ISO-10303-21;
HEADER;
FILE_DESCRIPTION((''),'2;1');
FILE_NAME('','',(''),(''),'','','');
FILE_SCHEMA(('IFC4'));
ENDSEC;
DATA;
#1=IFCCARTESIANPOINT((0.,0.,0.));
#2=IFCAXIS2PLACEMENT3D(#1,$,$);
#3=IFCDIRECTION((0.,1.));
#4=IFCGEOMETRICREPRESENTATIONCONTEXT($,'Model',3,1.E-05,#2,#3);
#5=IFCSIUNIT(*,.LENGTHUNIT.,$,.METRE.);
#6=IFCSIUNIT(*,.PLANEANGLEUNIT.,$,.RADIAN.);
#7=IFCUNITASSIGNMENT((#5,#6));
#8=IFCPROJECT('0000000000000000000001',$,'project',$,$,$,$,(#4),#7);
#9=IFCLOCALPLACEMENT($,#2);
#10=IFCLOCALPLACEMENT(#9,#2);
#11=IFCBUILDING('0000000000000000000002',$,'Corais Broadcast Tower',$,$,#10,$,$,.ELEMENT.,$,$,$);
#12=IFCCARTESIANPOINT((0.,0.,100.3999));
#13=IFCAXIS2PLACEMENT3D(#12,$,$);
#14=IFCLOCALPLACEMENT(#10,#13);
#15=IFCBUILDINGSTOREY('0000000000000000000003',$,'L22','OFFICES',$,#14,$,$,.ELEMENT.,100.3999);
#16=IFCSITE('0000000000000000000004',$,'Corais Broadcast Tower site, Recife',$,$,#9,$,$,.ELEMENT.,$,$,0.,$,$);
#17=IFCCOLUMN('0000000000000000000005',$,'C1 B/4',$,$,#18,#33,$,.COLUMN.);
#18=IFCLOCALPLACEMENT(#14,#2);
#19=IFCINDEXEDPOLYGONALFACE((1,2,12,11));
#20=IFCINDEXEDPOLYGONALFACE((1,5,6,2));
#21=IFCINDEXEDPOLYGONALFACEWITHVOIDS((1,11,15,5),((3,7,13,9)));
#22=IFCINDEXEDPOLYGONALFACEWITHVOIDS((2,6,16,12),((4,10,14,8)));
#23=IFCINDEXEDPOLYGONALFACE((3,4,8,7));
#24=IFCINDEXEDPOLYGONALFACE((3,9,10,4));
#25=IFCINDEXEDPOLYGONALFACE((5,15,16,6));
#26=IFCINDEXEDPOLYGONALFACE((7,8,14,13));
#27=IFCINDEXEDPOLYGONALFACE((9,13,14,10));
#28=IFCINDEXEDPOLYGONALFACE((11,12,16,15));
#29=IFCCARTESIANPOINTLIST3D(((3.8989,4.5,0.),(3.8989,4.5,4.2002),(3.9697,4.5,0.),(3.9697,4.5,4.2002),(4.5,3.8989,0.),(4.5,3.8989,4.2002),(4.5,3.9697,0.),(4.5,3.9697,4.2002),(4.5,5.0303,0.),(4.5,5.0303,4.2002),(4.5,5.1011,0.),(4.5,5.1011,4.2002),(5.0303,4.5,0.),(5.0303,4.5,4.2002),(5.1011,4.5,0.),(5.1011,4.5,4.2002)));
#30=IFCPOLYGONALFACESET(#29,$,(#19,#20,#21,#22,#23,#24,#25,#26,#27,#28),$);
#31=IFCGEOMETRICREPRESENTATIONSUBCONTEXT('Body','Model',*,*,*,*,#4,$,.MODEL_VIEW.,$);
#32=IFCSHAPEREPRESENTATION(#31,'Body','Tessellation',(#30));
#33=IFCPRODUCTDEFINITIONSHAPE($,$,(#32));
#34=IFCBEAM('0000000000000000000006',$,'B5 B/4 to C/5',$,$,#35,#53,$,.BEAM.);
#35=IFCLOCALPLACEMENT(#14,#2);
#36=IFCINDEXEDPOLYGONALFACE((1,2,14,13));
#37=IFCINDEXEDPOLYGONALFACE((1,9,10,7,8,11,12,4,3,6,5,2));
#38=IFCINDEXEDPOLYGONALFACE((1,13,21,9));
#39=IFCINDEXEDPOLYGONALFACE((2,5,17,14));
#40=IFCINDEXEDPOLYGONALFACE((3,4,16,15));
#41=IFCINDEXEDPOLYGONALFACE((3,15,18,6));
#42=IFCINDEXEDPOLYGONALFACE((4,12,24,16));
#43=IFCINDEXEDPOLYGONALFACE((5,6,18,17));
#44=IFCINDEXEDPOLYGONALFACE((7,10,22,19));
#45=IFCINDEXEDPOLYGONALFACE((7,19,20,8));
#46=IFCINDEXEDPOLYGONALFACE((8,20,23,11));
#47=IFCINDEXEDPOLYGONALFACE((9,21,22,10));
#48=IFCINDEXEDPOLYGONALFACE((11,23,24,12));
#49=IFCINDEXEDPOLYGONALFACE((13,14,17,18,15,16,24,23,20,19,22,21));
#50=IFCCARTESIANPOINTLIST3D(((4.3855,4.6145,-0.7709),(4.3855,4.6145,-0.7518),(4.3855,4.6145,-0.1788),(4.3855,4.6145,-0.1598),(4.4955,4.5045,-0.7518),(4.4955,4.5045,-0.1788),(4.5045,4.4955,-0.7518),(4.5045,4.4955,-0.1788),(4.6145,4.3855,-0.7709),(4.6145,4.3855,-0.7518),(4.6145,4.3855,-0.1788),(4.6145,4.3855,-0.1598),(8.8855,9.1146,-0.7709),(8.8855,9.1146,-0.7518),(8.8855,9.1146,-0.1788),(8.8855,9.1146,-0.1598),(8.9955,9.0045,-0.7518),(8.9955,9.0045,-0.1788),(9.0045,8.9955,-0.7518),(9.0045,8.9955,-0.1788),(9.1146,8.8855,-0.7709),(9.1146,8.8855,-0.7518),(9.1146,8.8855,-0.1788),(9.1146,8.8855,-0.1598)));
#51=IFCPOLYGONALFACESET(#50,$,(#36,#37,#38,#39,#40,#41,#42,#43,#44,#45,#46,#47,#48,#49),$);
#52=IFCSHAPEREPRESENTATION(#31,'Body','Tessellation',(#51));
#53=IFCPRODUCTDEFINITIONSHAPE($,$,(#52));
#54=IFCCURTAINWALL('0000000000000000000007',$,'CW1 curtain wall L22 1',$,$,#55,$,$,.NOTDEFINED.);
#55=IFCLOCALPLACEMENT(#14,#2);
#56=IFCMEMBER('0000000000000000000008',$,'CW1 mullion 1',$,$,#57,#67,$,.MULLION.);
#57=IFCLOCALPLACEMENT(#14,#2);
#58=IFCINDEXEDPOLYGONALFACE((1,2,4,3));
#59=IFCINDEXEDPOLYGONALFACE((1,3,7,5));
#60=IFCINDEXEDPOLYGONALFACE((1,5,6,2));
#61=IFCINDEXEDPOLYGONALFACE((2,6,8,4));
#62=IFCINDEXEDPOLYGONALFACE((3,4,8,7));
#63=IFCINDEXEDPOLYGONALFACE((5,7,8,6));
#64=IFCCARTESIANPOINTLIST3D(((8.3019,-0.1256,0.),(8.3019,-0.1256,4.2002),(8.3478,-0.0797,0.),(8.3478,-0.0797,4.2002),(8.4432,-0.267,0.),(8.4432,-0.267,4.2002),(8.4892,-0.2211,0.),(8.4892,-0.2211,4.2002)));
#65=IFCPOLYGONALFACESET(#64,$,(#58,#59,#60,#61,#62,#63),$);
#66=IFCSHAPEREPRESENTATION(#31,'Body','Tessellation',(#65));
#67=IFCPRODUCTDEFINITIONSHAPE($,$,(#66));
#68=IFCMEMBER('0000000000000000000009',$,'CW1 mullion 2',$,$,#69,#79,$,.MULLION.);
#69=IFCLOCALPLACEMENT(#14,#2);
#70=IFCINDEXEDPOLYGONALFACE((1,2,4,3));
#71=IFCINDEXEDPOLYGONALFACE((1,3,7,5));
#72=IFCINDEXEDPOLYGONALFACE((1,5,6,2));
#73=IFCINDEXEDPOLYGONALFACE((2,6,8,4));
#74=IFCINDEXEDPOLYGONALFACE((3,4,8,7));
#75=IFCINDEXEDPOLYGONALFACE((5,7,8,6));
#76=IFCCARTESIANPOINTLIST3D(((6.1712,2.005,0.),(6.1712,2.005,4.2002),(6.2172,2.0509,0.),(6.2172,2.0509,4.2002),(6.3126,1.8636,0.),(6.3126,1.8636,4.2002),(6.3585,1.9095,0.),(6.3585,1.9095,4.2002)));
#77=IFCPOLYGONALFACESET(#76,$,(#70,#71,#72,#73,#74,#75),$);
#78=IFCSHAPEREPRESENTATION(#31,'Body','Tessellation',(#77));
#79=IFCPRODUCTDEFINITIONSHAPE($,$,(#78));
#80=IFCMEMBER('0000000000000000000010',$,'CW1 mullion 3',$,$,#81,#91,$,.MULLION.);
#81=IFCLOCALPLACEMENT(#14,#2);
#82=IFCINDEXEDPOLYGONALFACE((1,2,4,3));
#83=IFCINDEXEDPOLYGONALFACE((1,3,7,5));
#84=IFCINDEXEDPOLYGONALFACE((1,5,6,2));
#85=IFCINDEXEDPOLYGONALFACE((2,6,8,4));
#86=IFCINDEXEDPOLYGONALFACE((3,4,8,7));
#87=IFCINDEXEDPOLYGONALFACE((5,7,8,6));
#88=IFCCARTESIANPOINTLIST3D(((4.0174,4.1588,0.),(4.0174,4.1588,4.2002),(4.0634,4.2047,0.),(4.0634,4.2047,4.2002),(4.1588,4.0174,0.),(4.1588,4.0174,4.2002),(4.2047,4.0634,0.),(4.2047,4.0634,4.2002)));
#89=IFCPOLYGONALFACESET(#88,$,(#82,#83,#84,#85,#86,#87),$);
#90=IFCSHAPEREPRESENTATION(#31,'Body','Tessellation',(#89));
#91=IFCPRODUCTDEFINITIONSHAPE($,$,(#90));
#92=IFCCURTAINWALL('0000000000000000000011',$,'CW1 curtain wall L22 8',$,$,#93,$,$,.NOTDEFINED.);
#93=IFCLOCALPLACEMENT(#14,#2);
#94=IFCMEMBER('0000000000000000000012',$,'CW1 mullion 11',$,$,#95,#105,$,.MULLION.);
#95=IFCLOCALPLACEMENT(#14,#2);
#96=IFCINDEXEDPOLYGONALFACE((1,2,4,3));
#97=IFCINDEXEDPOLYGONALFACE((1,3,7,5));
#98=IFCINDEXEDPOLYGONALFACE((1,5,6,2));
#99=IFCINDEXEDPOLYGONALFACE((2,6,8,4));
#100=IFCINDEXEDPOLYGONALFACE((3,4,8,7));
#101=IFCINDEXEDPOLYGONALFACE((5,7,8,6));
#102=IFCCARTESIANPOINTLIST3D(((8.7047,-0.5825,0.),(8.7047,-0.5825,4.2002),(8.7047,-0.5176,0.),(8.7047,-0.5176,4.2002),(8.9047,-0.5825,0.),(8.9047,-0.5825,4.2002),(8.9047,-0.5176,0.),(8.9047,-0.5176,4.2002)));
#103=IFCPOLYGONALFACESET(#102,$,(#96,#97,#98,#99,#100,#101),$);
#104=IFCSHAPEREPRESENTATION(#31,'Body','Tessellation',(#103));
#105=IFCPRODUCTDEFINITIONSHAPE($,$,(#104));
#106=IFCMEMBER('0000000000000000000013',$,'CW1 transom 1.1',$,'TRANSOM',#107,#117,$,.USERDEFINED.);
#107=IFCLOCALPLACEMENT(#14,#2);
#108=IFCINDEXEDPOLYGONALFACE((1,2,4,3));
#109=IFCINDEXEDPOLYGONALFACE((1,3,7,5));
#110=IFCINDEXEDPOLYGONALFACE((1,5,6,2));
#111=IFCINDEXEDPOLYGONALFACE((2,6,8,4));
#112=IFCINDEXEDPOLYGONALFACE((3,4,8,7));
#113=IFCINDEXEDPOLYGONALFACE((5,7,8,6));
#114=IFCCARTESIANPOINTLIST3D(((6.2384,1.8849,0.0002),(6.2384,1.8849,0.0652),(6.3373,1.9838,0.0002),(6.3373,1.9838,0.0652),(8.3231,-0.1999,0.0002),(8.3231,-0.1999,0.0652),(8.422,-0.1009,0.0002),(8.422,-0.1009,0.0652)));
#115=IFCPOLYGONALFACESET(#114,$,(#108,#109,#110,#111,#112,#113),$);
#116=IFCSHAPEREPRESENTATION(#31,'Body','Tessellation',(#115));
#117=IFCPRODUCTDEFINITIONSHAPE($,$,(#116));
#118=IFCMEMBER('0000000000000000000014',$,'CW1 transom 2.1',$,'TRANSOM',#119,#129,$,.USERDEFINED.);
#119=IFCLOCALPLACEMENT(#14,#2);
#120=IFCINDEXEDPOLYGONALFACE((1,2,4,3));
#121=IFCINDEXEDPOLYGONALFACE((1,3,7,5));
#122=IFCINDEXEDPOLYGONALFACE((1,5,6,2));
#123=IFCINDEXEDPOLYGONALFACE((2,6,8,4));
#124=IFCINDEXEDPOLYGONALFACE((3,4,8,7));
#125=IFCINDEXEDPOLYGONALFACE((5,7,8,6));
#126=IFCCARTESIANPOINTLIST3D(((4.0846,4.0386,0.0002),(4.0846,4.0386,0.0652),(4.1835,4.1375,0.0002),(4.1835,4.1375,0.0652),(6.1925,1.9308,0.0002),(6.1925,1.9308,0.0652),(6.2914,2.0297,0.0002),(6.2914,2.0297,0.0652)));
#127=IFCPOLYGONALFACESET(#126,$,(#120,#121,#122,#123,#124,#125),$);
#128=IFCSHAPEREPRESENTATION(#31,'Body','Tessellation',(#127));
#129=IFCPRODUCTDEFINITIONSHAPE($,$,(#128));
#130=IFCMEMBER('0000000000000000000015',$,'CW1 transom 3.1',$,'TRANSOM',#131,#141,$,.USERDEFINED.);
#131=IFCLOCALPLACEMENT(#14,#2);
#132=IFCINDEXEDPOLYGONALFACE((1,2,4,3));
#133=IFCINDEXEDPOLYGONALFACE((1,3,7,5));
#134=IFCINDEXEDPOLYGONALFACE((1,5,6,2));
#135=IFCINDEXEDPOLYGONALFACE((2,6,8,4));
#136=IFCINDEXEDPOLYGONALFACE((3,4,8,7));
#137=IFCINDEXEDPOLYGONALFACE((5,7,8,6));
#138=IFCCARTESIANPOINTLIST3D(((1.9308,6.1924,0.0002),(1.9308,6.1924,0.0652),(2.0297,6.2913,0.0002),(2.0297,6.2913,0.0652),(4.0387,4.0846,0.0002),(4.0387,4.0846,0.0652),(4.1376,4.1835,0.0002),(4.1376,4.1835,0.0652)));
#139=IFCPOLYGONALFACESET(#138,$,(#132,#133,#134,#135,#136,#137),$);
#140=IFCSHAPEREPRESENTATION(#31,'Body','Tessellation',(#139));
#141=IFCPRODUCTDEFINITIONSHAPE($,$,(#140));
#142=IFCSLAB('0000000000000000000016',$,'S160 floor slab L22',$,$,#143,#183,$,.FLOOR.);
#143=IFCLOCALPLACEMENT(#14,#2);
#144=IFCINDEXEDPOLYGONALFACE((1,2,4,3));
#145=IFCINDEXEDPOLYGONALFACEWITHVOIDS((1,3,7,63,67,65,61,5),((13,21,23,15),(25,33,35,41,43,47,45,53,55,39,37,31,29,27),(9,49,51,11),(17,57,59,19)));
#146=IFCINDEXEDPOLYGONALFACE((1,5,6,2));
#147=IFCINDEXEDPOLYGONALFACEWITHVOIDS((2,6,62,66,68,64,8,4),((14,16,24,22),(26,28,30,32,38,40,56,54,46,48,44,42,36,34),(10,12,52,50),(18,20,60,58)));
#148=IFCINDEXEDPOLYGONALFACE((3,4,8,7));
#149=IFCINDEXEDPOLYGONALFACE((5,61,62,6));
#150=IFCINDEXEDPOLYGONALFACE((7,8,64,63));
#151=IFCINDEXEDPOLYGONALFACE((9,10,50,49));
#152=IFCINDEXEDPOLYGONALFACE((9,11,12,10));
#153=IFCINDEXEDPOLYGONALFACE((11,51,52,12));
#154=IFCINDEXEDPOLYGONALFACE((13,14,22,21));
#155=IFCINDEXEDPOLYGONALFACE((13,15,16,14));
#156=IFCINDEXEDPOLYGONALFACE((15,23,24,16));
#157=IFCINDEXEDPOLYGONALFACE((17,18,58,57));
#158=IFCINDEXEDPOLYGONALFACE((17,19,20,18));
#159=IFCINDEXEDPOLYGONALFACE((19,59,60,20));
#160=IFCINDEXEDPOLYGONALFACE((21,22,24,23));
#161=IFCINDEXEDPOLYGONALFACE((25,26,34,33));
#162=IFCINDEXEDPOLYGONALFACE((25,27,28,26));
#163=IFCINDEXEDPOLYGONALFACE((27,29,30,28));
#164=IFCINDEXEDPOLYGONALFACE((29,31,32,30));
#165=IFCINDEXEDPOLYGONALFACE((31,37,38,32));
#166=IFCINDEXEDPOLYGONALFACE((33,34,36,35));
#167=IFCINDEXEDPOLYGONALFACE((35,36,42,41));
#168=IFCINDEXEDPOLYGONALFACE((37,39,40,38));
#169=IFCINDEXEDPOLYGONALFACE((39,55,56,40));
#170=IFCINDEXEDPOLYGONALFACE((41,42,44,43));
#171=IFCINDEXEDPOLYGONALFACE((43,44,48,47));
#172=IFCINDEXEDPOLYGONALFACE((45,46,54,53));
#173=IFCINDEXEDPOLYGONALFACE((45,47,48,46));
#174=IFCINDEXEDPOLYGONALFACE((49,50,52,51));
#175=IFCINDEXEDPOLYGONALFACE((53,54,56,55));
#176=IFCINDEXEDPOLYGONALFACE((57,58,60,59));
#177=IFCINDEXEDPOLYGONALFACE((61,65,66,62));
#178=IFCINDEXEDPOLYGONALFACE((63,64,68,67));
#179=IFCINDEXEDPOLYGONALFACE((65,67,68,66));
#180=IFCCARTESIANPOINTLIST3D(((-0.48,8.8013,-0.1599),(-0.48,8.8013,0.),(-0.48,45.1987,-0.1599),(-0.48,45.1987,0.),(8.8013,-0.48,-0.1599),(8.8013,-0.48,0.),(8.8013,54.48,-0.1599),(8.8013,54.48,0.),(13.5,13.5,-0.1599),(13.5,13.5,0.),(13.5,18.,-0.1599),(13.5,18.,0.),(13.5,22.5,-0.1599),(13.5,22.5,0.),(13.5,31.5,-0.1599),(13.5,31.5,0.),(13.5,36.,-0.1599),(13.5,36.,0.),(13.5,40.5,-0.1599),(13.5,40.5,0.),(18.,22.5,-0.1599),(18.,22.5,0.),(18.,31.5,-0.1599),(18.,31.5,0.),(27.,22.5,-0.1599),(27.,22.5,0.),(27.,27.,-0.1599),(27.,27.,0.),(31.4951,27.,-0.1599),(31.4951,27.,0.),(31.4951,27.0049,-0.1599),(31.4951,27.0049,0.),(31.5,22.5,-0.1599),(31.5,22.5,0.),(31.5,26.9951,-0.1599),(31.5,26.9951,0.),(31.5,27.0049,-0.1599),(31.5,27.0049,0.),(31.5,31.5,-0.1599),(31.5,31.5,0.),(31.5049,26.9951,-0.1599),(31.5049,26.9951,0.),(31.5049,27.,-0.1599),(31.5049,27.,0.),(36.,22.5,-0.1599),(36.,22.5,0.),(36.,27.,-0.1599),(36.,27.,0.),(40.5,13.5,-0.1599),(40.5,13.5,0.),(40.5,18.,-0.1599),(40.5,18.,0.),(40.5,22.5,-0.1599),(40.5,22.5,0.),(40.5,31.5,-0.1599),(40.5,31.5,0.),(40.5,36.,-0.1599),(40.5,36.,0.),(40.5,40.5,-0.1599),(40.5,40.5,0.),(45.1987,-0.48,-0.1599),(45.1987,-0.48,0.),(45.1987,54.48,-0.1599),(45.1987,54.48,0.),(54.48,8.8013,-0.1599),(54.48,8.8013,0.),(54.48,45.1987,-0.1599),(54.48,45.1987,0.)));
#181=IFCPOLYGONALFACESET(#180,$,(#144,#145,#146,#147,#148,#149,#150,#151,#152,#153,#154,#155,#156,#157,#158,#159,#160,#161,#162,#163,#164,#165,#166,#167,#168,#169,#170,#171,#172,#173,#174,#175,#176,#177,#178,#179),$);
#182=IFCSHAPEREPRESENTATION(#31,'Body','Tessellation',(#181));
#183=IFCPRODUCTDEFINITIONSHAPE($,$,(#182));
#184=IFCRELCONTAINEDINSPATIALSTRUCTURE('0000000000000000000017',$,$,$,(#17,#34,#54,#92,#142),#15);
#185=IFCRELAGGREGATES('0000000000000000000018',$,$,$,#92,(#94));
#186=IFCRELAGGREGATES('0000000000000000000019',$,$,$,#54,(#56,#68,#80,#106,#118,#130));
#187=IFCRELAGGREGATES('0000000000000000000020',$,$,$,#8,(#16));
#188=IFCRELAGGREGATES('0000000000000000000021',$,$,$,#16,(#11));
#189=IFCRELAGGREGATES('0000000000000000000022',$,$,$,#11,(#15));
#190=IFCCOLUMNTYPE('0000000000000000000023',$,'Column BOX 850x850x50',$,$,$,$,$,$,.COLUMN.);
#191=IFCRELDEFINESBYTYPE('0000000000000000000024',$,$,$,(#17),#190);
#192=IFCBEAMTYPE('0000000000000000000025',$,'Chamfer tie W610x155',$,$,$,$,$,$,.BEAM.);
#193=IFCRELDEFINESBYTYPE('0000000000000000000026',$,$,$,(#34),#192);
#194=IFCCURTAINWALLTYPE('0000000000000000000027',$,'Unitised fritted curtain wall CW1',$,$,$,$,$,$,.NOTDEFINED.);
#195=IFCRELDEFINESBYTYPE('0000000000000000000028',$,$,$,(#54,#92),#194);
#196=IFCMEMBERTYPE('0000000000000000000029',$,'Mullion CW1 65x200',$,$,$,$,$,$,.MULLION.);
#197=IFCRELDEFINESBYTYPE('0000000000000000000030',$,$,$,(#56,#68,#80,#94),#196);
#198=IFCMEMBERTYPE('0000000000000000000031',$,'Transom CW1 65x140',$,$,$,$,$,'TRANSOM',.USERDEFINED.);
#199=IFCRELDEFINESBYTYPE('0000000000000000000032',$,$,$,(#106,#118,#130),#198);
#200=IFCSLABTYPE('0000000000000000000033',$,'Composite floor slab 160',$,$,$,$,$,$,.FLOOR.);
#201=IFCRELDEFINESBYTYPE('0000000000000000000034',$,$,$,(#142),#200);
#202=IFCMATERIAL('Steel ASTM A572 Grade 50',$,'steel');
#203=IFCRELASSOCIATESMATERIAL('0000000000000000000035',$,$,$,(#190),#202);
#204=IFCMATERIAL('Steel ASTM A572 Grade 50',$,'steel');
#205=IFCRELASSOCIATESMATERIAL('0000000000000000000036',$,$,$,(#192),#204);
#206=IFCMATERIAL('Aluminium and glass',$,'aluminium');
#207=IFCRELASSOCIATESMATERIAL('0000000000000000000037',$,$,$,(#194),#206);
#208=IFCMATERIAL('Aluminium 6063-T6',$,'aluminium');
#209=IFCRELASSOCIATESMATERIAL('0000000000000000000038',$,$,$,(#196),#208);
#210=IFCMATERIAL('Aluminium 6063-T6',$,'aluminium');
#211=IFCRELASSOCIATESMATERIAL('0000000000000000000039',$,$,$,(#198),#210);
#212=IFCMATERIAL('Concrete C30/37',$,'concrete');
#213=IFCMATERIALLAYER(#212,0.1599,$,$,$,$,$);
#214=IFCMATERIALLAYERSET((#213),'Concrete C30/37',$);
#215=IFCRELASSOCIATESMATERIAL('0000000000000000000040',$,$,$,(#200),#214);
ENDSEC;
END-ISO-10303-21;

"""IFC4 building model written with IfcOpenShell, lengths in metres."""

from ifc_helpers import new_model, si_unit, direction, frame, origin, origin_2d, place, context, subcontext, project, spatial, polyline, rectangle, hollow_rectangle, i_section, outline, extrude, material, layer, layer_set, material_profile, profile_set, type_object, element, aggregate, save


model = new_model("IFC4")

# Units and contexts
model_context = context("Model", 3, precision=1e-05, world=origin(), true_north=direction((0.0, 1.0)))
body_context = subcontext(model_context, "Body", "Model", "MODEL_VIEW")
ifc_project = project(units=[si_unit("LENGTHUNIT", "METRE"), si_unit("PLANEANGLEUNIT", "RADIAN")], contexts=[model_context])

# Site, building, storey
site_placement = place(None, origin())
site = spatial("IfcSite", under=ifc_project, at=site_placement, Name="Corais Broadcast Tower site, Recife", CompositionType="ELEMENT", RefElevation=0.0)
building_placement = place(site_placement, origin())
building = spatial("IfcBuilding", under=site, at=building_placement, Name="Corais Broadcast Tower", CompositionType="ELEMENT")
storey_placement = place(building_placement, frame((0.0, 0.0, 100.3999)))
storey = spatial("IfcBuildingStorey", under=building, at=storey_placement, Name="L22", Description="OFFICES", CompositionType="ELEMENT", Elevation=100.3999)

# Column
ifc_material_1 = material(Name="Steel ASTM A572 Grade 50", Category="steel")
ifc_material_profile_1 = material_profile(ifc_material_1, hollow_rectangle(XDim=0.8501, YDim=0.8501, WallThickness=0.05, at=origin_2d()), Name="BOX 850x850x50")
ifc_profile_set_1 = profile_set([ifc_material_profile_1], Name="Steel ASTM A572 Grade 50")
column_type = type_object("IfcColumnType", Name="Column BOX 850x850x50", PredefinedType="COLUMN", material=ifc_profile_set_1)
column_placement = place(storey_placement, frame((4.5, 4.5, 0.0), z_axis=(0.0, 0.0, 1.0), x_axis=(0.707107, 0.707107, 0.0)))
element("IfcColumn", 1, at=column_placement, inside=storey, type_object=column_type, Name="C1 B/4", PredefinedType="COLUMN", context=body_context, shape_type="SweptSolid", body=[
    extrude(hollow_rectangle(XDim=0.8501, YDim=0.8501, WallThickness=0.05, at=origin_2d()), origin(), (0.0, 0.0, 1.0), 4.2002),
])

# Beam
ifc_material_2 = material(Name="Steel ASTM A572 Grade 50", Category="steel")
ifc_material_profile_2 = material_profile(ifc_material_2, i_section(OverallWidth=0.324, OverallDepth=0.6111, WebThickness=0.0127, FlangeThickness=0.019, at=origin_2d()), Name="W610x155")
ifc_profile_set_2 = profile_set([ifc_material_profile_2], Name="Steel ASTM A572 Grade 50")
beam_type = type_object("IfcBeamType", Name="Chamfer tie W610x155", PredefinedType="BEAM", material=ifc_profile_set_2)
beam_placement = place(storey_placement, frame((4.5, 4.5, -0.4653), z_axis=(0.707107, 0.707107, 0.0), x_axis=(-0.707107, 0.707107, 0.0)))
element("IfcBeam", 2, at=beam_placement, inside=storey, type_object=beam_type, Name="B5 B/4 to C/5", PredefinedType="BEAM", context=body_context, shape_type="SweptSolid", body=[
    extrude(i_section(OverallWidth=0.324, OverallDepth=0.6111, WebThickness=0.0127, FlangeThickness=0.019, at=origin_2d()), origin(), (0.0, 0.0, 1.0), 6.364),
])

# Curtain wall, members
ifc_material_3 = material(Name="Aluminium and glass", Category="aluminium")
curtain_wall_type = type_object("IfcCurtainWallType", Name="Unitised fritted curtain wall CW1", PredefinedType="NOTDEFINED", material=ifc_material_3)
curtain_wall_1_placement = place(storey_placement, origin())
curtain_wall_1 = element("IfcCurtainWall", 3, at=curtain_wall_1_placement, inside=storey, type_object=curtain_wall_type, Name="CW1 curtain wall L22 1", PredefinedType="NOTDEFINED")
ifc_material_4 = material(Name="Aluminium 6063-T6", Category="aluminium")
ifc_material_profile_3 = material_profile(ifc_material_4, rectangle(XDim=0.0649, YDim=0.2, at=origin_2d()), Name="Mullion CW1 65x200")
ifc_profile_set_3 = profile_set([ifc_material_profile_3], Name="Aluminium 6063-T6")
member_type_1 = type_object("IfcMemberType", Name="Mullion CW1 65x200", PredefinedType="MULLION", material=ifc_profile_set_3)
member_1_placement = place(storey_placement, frame((8.3955, -0.1733, 0.0), z_axis=(0.0, 0.0, 1.0), x_axis=(-0.707107, -0.707107, 0.0)))
member_1 = element("IfcMember", 4, at=member_1_placement, type_object=member_type_1, Name="CW1 mullion 1", PredefinedType="MULLION", context=body_context, shape_type="SweptSolid", body=[
    extrude(rectangle(XDim=0.0649, YDim=0.2, at=origin_2d()), origin(), (0.0, 0.0, 1.0), 4.2002),
])
member_2_placement = place(storey_placement, frame((6.2649, 1.9573, 0.0), z_axis=(0.0, 0.0, 1.0), x_axis=(-0.707107, -0.707107, 0.0)))
member_2 = element("IfcMember", 5, at=member_2_placement, type_object=member_type_1, Name="CW1 mullion 2", PredefinedType="MULLION", context=body_context, shape_type="SweptSolid", body=[
    extrude(rectangle(XDim=0.0649, YDim=0.2, at=origin_2d()), origin(), (0.0, 0.0, 1.0), 4.2002),
])
member_3_placement = place(storey_placement, frame((4.1111, 4.1111, 0.0), z_axis=(0.0, 0.0, 1.0), x_axis=(-0.707107, -0.707107, 0.0)))
member_3 = element("IfcMember", 6, at=member_3_placement, type_object=member_type_1, Name="CW1 mullion 3", PredefinedType="MULLION", context=body_context, shape_type="SweptSolid", body=[
    extrude(rectangle(XDim=0.0649, YDim=0.2, at=origin_2d()), origin(), (0.0, 0.0, 1.0), 4.2002),
])

# Curtain wall, member
curtain_wall_2_placement = place(storey_placement, origin())
curtain_wall_2 = element("IfcCurtainWall", 7, at=curtain_wall_2_placement, inside=storey, type_object=curtain_wall_type, Name="CW1 curtain wall L22 8", PredefinedType="NOTDEFINED")
member_4_placement = place(storey_placement, frame((8.8047, -0.55, 0.0), z_axis=(0.0, 0.0, 1.0), x_axis=(0.0, -1.0, 0.0)))
member_4 = element("IfcMember", 8, at=member_4_placement, type_object=member_type_1, Name="CW1 mullion 11", PredefinedType="MULLION", context=body_context, shape_type="SweptSolid", body=[
    extrude(rectangle(XDim=0.0649, YDim=0.2, at=origin_2d()), origin(), (0.0, 0.0, 1.0), 4.2002),
])
aggregate(curtain_wall_2, [member_4])

# Members
ifc_material_5 = material(Name="Aluminium 6063-T6", Category="aluminium")
ifc_material_profile_4 = material_profile(ifc_material_5, rectangle(XDim=0.1399, YDim=0.0649, at=origin_2d()), Name="Transom CW1 65x140")
ifc_profile_set_4 = profile_set([ifc_material_profile_4], Name="Aluminium 6063-T6")
member_type_2 = type_object("IfcMemberType", Name="Transom CW1 65x140", ElementType="TRANSOM", PredefinedType="USERDEFINED", material=ifc_profile_set_4)
member_5_placement = place(storey_placement, frame((8.3726, -0.1504, 0.0327), z_axis=(-0.707107, 0.707107, 0.0), x_axis=(-0.707107, -0.707107, 0.0)))
member_5 = element("IfcMember", 9, at=member_5_placement, type_object=member_type_2, Name="CW1 transom 1.1", ObjectType="TRANSOM", PredefinedType="USERDEFINED", context=body_context, shape_type="SweptSolid", body=[
    extrude(rectangle(XDim=0.1399, YDim=0.0649, at=origin_2d()), origin(), (0.0, 0.0, 1.0), 2.9482),
])
member_6_placement = place(storey_placement, frame((6.2419, 1.9802, 0.0327), z_axis=(-0.707107, 0.707107, 0.0), x_axis=(-0.707107, -0.707107, 0.0)))
member_6 = element("IfcMember", 10, at=member_6_placement, type_object=member_type_2, Name="CW1 transom 2.1", ObjectType="TRANSOM", PredefinedType="USERDEFINED", context=body_context, shape_type="SweptSolid", body=[
    extrude(rectangle(XDim=0.1399, YDim=0.0649, at=origin_2d()), origin(), (0.0, 0.0, 1.0), 2.981),
])
member_7_placement = place(storey_placement, frame((4.0881, 4.134, 0.0327), z_axis=(-0.707107, 0.707107, 0.0), x_axis=(-0.707107, -0.707107, 0.0)))
member_7 = element("IfcMember", 11, at=member_7_placement, type_object=member_type_2, Name="CW1 transom 3.1", ObjectType="TRANSOM", PredefinedType="USERDEFINED", context=body_context, shape_type="SweptSolid", body=[
    extrude(rectangle(XDim=0.1399, YDim=0.0649, at=origin_2d()), origin(), (0.0, 0.0, 1.0), 2.981),
])

# Slab
ifc_material_6 = material(Name="Concrete C30/37", Category="concrete")
ifc_layer_1 = layer(ifc_material_6, 0.1599)
ifc_layer_set_1 = layer_set([ifc_layer_1], Name="Concrete C30/37")
slab_type_1 = type_object("IfcSlabType", Name="Composite floor slab 160", PredefinedType="FLOOR", material=ifc_layer_set_1)
slab_1_placement = place(storey_placement, frame((0.0, 0.0, -0.1599)))
element("IfcSlab", 12, at=slab_1_placement, inside=storey, type_object=slab_type_1, Name="S160 floor slab L22", PredefinedType="FLOOR", context=body_context, shape_type="SweptSolid", body=[
    extrude(outline(polyline([(8.8013, -0.48), (-0.48, 8.8013), (-0.48, 45.1987), (8.8013, 54.48), (45.1987, 54.48), (54.48, 45.1987), (54.48, 8.8013), (45.1987, -0.48), (8.8013, -0.48)]), holes=[polyline([(13.5, 18.0), (40.5, 18.0), (40.5, 13.5), (13.5, 13.5), (13.5, 18.0)]), polyline([(13.5, 22.5), (13.5, 31.5), (18.0, 31.5), (18.0, 22.5), (13.5, 22.5)]), polyline([(13.5, 40.5), (40.5, 40.5), (40.5, 36.0), (13.5, 36.0), (13.5, 40.5)]), polyline([(27.0, 22.5), (27.0, 27.0), (31.4951, 27.0), (31.4951, 27.0049), (31.5, 27.0049), (31.5, 31.5), (40.5, 31.5), (40.5, 22.5), (36.0, 22.5), (36.0, 27.0), (31.5049, 27.0), (31.5049, 26.9951), (31.5, 26.9951), (31.5, 22.5), (27.0, 22.5)])]), origin(), (0.0, 0.0, 1.0), 0.1599),
])

aggregate(curtain_wall_1, [member_1, member_2, member_3, member_5, member_6, member_7])

save(model, "model.ifc")
